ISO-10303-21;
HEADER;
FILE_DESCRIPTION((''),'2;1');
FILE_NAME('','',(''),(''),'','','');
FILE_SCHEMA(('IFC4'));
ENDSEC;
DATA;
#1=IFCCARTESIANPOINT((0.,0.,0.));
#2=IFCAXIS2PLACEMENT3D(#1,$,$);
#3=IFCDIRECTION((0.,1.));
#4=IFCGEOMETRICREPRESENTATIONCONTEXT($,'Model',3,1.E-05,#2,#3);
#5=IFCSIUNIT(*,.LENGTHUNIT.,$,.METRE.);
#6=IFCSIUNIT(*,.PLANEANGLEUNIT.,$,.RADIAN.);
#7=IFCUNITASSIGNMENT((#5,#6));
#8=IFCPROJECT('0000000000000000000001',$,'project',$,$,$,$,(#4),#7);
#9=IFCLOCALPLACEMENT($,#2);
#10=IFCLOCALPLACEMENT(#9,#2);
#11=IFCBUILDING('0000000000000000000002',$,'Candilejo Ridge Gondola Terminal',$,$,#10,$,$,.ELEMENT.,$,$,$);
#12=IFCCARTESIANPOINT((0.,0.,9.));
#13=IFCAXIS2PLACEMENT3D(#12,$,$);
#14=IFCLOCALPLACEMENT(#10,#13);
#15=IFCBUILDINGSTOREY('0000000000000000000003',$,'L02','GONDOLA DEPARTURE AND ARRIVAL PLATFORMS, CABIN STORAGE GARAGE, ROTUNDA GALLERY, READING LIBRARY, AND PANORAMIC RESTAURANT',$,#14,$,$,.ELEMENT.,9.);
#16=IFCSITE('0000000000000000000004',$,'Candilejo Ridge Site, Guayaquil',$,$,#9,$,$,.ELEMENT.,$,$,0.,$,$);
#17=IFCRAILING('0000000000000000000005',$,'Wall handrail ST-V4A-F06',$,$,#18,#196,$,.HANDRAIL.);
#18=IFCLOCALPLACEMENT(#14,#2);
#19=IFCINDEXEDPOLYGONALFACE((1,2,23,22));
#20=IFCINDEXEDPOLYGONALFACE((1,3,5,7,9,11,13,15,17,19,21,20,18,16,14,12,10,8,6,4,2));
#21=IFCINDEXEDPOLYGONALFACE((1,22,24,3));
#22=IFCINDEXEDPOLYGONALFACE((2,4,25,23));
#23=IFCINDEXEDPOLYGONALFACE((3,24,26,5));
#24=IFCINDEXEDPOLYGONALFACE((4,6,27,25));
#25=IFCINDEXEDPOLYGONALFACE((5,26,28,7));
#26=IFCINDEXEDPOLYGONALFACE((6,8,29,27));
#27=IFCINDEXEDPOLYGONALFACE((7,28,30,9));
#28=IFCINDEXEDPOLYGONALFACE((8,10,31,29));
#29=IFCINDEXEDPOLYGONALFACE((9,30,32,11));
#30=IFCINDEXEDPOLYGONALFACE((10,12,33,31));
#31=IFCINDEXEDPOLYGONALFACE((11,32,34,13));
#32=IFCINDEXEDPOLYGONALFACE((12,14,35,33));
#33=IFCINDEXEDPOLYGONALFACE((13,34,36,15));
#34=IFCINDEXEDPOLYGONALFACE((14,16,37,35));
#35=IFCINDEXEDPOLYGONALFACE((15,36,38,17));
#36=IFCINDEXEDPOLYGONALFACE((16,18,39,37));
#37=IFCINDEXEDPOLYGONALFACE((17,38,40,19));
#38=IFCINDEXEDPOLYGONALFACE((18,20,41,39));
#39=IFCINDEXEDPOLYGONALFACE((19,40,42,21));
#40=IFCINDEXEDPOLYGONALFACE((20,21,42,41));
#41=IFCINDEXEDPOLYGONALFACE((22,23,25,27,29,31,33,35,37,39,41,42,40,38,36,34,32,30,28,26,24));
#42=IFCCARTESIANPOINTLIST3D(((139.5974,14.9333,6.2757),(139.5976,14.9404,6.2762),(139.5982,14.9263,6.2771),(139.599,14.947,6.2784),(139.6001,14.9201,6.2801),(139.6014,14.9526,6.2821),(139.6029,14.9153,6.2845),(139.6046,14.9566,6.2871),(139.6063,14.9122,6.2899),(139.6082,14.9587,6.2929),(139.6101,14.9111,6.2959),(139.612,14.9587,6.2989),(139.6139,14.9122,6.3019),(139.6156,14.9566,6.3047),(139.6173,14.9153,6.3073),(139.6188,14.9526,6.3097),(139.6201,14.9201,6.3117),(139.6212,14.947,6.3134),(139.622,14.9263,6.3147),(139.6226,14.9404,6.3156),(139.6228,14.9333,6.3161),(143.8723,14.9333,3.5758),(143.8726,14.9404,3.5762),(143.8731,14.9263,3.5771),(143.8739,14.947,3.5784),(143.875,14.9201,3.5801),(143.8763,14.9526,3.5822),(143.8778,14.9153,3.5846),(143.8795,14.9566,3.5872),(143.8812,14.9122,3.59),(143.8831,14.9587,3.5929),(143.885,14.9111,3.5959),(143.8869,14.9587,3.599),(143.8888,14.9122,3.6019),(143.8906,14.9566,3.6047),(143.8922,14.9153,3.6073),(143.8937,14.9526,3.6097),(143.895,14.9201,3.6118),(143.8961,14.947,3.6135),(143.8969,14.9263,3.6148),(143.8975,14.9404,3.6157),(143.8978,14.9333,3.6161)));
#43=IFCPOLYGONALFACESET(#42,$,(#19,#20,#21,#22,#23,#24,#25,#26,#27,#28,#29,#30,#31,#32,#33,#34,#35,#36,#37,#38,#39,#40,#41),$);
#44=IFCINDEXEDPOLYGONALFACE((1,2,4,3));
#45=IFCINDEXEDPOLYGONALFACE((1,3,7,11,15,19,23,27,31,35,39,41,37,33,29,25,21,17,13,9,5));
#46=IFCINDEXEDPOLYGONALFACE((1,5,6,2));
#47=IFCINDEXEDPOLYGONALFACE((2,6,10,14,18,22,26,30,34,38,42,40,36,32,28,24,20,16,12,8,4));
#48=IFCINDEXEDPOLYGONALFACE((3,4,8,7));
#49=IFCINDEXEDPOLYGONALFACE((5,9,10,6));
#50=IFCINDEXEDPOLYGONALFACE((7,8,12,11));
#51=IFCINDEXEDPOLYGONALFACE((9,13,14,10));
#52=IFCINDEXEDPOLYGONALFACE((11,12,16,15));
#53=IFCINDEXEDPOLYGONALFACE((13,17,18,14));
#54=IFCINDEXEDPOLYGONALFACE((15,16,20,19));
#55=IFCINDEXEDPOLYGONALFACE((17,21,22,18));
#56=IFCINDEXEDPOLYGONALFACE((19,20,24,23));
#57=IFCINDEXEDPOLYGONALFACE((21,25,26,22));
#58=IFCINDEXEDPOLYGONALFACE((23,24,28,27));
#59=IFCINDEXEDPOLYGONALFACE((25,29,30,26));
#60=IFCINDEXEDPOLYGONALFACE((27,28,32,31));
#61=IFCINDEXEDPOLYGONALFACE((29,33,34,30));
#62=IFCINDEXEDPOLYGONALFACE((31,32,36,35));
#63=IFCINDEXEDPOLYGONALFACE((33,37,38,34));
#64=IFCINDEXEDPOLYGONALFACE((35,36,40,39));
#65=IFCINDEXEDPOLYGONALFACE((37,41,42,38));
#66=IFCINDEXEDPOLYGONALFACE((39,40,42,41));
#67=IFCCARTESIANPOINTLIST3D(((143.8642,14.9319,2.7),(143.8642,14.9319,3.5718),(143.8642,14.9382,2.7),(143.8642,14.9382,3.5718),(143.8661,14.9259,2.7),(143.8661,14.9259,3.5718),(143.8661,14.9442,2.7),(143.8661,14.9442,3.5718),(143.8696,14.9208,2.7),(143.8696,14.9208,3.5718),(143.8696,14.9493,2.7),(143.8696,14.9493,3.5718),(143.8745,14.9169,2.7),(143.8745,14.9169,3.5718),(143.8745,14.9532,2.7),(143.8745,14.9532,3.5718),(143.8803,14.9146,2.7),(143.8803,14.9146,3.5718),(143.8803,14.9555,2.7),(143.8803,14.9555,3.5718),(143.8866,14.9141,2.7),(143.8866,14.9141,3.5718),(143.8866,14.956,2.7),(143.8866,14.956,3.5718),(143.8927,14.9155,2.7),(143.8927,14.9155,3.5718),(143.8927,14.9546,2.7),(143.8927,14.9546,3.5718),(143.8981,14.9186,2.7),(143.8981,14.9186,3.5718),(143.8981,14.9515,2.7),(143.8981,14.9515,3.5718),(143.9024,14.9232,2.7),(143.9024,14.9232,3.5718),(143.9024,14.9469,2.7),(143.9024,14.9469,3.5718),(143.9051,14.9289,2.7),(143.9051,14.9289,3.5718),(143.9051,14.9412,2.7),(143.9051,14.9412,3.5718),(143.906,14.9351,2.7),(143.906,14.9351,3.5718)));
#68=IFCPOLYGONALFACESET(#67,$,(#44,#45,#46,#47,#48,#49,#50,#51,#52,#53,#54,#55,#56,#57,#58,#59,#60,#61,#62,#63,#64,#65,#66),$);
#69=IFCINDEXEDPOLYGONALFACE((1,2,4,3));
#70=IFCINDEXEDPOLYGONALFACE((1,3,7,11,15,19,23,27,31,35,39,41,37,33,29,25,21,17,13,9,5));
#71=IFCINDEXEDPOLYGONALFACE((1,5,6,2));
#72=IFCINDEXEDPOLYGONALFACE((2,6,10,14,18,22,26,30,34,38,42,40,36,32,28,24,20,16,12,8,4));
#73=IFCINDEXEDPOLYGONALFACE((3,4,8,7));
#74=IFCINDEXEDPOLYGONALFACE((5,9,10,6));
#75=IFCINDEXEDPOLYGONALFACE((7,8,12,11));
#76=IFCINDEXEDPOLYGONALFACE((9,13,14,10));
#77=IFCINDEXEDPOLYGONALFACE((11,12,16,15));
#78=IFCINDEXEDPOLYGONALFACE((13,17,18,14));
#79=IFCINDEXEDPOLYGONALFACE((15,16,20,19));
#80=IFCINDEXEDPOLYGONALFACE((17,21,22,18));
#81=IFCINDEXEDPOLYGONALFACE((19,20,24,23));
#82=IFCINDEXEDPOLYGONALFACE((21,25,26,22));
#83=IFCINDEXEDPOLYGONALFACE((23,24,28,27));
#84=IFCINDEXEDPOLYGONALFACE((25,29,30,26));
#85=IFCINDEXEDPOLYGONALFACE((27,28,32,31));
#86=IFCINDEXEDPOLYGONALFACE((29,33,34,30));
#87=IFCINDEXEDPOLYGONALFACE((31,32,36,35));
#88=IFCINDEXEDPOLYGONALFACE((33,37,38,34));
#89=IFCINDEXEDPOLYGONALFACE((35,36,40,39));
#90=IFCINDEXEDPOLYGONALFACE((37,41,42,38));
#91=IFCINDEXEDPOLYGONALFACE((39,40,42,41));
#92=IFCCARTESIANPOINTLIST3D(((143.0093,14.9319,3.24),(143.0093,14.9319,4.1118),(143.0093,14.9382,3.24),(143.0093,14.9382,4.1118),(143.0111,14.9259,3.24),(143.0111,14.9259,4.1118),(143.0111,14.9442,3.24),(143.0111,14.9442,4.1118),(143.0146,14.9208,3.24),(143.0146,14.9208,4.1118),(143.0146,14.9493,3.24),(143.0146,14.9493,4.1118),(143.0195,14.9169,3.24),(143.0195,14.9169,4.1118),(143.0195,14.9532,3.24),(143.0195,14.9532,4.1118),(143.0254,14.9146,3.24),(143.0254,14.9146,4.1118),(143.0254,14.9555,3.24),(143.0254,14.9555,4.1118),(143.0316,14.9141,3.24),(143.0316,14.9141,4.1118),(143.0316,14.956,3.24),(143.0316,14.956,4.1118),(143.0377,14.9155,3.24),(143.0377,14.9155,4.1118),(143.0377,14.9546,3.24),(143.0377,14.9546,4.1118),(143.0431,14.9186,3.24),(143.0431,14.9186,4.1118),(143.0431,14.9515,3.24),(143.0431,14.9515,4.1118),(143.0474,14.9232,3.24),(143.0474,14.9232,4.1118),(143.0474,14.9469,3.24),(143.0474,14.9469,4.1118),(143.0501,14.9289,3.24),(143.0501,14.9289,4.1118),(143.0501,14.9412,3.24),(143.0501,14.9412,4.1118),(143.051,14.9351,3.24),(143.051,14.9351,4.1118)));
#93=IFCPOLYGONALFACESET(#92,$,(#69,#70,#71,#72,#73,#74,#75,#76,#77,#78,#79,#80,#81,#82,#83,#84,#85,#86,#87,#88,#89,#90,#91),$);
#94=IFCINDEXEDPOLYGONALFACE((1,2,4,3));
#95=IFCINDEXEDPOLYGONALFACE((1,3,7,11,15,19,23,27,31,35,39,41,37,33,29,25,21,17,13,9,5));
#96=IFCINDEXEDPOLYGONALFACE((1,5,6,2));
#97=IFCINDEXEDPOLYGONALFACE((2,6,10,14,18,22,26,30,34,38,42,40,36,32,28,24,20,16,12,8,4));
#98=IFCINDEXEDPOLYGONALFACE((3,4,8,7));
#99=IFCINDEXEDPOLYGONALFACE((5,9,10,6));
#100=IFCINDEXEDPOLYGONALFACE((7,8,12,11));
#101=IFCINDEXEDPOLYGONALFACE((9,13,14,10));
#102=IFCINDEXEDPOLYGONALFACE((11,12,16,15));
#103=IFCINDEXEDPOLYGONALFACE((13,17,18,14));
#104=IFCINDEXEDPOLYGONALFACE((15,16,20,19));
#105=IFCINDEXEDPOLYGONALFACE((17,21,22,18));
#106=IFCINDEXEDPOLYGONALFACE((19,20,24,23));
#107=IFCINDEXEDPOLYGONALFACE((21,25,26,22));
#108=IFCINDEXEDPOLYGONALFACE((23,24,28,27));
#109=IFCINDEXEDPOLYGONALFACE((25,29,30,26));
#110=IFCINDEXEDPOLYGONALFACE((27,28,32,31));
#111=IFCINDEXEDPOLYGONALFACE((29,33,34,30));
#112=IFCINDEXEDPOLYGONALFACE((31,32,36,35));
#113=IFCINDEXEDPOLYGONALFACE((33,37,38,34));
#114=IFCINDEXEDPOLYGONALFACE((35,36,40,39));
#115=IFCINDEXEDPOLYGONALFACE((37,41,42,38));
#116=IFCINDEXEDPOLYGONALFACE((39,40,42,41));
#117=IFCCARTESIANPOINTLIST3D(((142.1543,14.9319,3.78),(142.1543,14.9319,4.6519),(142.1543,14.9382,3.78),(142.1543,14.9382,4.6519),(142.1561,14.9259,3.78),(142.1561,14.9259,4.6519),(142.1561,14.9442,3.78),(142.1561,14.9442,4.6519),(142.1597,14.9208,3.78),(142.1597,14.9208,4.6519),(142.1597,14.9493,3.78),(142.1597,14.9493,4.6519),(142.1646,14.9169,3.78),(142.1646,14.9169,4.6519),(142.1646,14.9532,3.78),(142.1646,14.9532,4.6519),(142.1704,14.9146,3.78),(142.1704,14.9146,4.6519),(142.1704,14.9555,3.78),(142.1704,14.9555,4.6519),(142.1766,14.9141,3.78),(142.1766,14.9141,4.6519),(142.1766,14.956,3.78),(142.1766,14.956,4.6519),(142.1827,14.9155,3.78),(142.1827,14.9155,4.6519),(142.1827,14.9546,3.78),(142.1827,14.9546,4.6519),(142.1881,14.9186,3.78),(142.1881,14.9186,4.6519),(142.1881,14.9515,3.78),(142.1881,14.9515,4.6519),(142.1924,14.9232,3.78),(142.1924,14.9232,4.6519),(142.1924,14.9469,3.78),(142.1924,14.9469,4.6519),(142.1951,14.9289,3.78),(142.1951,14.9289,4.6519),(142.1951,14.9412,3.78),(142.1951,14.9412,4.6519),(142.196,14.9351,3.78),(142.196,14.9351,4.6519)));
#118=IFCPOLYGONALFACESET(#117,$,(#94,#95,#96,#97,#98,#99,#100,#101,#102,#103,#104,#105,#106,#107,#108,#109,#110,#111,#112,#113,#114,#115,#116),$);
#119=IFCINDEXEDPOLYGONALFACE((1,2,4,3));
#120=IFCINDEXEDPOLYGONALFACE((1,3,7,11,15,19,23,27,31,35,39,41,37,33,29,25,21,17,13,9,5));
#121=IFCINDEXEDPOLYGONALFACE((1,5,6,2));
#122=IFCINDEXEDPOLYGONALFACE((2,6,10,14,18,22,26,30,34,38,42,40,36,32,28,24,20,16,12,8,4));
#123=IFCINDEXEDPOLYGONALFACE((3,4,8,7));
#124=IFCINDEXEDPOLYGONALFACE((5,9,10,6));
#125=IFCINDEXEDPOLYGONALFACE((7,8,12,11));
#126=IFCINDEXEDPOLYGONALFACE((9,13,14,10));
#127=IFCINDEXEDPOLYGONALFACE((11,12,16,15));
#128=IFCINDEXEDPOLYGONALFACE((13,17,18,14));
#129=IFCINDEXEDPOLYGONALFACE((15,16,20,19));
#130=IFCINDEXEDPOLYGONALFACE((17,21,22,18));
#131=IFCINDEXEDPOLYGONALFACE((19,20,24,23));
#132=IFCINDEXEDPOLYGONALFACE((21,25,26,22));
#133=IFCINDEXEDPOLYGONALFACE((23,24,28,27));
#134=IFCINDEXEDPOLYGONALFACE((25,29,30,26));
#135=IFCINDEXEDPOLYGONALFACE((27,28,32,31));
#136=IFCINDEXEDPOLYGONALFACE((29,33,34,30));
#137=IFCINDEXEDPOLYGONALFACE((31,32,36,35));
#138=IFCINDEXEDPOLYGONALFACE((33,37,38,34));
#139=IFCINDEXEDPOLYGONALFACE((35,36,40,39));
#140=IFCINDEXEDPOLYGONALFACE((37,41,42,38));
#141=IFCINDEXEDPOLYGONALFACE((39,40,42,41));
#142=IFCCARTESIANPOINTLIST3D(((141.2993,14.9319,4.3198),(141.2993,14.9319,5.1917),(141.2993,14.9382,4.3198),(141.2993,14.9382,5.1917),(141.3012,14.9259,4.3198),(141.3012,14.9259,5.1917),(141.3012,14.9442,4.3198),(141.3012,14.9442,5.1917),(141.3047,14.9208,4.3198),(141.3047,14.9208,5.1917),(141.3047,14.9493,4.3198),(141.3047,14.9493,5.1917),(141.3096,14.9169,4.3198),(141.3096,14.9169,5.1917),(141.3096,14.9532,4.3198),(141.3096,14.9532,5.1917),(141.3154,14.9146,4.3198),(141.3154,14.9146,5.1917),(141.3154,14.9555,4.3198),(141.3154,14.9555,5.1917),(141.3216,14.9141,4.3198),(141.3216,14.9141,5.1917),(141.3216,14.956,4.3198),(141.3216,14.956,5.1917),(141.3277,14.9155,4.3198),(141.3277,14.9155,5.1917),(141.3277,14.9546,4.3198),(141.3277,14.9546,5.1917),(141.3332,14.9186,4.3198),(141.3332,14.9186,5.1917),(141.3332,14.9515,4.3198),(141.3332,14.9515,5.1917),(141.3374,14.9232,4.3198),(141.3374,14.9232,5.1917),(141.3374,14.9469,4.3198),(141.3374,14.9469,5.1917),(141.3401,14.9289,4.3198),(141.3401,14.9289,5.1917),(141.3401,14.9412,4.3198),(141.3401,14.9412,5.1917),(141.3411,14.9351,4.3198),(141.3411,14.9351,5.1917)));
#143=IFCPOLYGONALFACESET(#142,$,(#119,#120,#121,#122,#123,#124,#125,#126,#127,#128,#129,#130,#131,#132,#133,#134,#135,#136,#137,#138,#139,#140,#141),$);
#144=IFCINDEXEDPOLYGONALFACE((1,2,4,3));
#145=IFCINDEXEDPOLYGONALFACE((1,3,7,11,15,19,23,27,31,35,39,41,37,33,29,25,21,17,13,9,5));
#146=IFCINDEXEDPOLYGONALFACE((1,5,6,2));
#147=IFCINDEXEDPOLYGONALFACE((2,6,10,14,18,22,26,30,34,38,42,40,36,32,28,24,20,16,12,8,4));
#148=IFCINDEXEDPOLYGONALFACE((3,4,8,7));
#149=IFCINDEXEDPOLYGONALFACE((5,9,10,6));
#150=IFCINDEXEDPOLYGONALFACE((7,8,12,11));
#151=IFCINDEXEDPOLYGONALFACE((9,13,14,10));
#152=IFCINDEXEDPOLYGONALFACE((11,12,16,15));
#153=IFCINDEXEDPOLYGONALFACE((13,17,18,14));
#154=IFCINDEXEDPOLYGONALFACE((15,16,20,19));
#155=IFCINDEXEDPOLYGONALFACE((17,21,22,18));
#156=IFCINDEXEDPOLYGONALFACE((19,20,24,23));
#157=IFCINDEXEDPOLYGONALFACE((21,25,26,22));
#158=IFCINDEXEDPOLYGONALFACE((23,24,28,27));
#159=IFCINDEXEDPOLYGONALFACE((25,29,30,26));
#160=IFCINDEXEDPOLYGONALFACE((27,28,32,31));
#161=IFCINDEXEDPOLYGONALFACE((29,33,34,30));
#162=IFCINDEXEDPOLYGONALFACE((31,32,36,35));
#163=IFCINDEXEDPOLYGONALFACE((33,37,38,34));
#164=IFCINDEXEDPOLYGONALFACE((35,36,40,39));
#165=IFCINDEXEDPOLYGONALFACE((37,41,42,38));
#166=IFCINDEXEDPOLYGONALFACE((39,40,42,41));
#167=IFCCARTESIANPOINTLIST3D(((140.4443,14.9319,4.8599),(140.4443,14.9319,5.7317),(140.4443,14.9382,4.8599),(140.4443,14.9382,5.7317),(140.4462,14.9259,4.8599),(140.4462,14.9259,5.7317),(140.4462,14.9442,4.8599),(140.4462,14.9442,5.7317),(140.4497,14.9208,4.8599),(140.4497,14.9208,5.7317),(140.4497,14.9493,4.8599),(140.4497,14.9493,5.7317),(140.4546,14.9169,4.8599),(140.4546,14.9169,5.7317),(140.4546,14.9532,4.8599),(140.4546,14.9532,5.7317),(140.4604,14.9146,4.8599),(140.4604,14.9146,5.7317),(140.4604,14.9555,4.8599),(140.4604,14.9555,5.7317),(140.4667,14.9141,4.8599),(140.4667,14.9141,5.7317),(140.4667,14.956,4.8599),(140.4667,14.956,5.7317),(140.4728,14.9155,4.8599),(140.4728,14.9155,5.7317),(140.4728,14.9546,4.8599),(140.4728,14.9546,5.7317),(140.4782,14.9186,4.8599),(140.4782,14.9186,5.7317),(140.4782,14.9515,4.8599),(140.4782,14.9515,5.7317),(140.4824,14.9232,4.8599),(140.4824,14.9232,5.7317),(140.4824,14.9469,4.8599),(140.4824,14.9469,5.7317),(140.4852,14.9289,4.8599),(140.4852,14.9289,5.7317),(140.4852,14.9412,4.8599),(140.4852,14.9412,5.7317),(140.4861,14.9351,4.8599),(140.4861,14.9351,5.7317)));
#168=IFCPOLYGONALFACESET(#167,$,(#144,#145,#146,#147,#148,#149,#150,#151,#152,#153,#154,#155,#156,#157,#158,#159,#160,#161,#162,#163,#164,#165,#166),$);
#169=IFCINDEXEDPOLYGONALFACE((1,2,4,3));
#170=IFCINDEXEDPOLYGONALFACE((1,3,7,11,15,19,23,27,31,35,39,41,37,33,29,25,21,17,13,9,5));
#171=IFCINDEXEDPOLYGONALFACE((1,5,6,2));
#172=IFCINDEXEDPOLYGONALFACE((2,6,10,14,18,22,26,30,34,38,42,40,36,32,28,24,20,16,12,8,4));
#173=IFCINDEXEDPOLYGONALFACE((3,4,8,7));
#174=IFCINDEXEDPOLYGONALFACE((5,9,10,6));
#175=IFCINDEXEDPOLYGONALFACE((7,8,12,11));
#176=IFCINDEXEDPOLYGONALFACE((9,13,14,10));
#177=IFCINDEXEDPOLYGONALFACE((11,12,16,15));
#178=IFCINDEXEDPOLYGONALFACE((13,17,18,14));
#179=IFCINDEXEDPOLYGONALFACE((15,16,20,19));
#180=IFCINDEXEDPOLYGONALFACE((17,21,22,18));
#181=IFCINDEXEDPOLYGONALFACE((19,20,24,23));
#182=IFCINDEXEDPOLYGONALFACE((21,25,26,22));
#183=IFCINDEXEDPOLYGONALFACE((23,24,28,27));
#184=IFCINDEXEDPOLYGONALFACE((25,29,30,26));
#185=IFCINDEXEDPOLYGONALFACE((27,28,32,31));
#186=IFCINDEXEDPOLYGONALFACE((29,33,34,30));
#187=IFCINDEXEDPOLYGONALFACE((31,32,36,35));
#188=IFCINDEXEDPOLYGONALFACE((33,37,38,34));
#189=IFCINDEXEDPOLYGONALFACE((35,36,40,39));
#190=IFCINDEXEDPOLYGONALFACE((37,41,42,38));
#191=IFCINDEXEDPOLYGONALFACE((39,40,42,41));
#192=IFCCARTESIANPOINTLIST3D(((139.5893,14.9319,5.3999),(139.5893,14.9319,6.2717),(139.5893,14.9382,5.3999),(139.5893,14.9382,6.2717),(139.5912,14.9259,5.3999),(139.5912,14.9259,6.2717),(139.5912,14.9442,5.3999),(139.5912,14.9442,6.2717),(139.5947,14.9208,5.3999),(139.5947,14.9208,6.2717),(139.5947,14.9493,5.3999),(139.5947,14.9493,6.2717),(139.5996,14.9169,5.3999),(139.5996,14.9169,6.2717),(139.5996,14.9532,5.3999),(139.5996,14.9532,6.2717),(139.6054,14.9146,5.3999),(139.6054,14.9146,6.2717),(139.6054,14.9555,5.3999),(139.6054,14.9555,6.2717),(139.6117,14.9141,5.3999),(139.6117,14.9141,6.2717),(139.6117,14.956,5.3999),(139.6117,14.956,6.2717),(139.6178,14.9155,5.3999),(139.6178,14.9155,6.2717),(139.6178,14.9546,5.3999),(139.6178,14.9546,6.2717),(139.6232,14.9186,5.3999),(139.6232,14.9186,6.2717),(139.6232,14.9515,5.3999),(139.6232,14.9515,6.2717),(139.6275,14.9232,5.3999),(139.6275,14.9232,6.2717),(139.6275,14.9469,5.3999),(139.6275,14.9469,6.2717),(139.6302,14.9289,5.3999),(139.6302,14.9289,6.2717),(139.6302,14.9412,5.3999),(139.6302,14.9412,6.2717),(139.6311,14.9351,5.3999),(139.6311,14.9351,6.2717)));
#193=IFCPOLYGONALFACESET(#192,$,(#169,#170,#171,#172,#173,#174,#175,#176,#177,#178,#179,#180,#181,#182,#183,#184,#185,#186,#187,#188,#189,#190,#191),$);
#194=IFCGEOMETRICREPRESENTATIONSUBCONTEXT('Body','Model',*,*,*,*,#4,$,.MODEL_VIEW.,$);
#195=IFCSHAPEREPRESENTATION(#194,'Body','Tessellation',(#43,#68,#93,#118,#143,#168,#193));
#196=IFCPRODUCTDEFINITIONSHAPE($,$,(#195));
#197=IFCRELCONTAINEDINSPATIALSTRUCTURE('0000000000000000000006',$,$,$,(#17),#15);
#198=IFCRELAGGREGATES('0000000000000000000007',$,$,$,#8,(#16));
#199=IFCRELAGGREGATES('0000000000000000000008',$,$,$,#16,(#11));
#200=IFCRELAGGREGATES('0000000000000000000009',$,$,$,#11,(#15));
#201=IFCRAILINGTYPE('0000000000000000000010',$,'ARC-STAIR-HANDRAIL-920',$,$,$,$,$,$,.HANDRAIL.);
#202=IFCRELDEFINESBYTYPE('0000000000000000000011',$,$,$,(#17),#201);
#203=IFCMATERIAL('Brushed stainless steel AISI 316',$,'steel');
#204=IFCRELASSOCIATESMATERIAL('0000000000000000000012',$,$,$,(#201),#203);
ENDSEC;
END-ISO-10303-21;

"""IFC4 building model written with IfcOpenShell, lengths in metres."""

from ifc_helpers import new_model, si_unit, direction, frame, origin, origin_2d, place, context, subcontext, project, spatial, circle, extrude, material, type_object, element, save


model = new_model("IFC4")

# Units and contexts
model_context = context("Model", 3, precision=1e-05, world=origin(), true_north=direction((0.0, 1.0)))
body_context = subcontext(model_context, "Body", "Model", "MODEL_VIEW")
ifc_project = project(units=[si_unit("LENGTHUNIT", "METRE"), si_unit("PLANEANGLEUNIT", "RADIAN")], contexts=[model_context])

# Site, building, storey
site_placement = place(None, origin())
site = spatial("IfcSite", under=ifc_project, at=site_placement, Name="Candilejo Ridge Site, Guayaquil", CompositionType="ELEMENT", RefElevation=0.0)
building_placement = place(site_placement, origin())
building = spatial("IfcBuilding", under=site, at=building_placement, Name="Candilejo Ridge Gondola Terminal", CompositionType="ELEMENT")
storey_placement = place(building_placement, frame((0.0, 0.0, 9.0)))
storey = spatial("IfcBuildingStorey", under=building, at=storey_placement, Name="L02", Description="GONDOLA DEPARTURE AND ARRIVAL PLATFORMS, CABIN STORAGE GARAGE, ROTUNDA GALLERY, READING LIBRARY, AND PANORAMIC RESTAURANT", CompositionType="ELEMENT", Elevation=9.0)

# Railing
ifc_material_1 = material(Name="Brushed stainless steel AISI 316", Category="steel")
railing_type_1 = type_object("IfcRailingType", Name="ARC-STAIR-HANDRAIL-920", PredefinedType="HANDRAIL", material=ifc_material_1)
railing_1_placement = place(storey_placement, frame((143.885, 14.9351, 2.7)))
element("IfcRailing", 1, at=railing_1_placement, inside=storey, type_object=railing_type_1, Name="Wall handrail ST-V4A-F06", PredefinedType="HANDRAIL", context=body_context, shape_type="SweptSolid", body=[
    extrude(circle(Radius=0.0239, at=origin_2d()), frame((0.0, 0.0, 0.896), z_axis=(-0.845488, 0.0, 0.533995), x_axis=(0.0, -1.0, 0.0)), (0.0, 0.0, 1.0), 5.0562),
    extrude(circle(Radius=0.021, at=origin_2d()), origin(), (0.0, 0.0, 1.0), 0.8718),
    extrude(circle(Radius=0.021, at=origin_2d()), frame((-0.855, 0.0, 0.54)), (0.0, 0.0, 1.0), 0.8718),
    extrude(circle(Radius=0.021, at=origin_2d()), frame((-1.71, 0.0, 1.0801)), (0.0, 0.0, 1.0), 0.8718),
    extrude(circle(Radius=0.021, at=origin_2d()), frame((-2.5649, 0.0, 1.6199)), (0.0, 0.0, 1.0), 0.8718),
    extrude(circle(Radius=0.021, at=origin_2d()), frame((-3.4199, 0.0, 2.1599)), (0.0, 0.0, 1.0), 0.8718),
    extrude(circle(Radius=0.021, at=origin_2d()), frame((-4.2749, 0.0, 2.7)), (0.0, 0.0, 1.0), 0.8718),
])

save(model, "model.ifc")
